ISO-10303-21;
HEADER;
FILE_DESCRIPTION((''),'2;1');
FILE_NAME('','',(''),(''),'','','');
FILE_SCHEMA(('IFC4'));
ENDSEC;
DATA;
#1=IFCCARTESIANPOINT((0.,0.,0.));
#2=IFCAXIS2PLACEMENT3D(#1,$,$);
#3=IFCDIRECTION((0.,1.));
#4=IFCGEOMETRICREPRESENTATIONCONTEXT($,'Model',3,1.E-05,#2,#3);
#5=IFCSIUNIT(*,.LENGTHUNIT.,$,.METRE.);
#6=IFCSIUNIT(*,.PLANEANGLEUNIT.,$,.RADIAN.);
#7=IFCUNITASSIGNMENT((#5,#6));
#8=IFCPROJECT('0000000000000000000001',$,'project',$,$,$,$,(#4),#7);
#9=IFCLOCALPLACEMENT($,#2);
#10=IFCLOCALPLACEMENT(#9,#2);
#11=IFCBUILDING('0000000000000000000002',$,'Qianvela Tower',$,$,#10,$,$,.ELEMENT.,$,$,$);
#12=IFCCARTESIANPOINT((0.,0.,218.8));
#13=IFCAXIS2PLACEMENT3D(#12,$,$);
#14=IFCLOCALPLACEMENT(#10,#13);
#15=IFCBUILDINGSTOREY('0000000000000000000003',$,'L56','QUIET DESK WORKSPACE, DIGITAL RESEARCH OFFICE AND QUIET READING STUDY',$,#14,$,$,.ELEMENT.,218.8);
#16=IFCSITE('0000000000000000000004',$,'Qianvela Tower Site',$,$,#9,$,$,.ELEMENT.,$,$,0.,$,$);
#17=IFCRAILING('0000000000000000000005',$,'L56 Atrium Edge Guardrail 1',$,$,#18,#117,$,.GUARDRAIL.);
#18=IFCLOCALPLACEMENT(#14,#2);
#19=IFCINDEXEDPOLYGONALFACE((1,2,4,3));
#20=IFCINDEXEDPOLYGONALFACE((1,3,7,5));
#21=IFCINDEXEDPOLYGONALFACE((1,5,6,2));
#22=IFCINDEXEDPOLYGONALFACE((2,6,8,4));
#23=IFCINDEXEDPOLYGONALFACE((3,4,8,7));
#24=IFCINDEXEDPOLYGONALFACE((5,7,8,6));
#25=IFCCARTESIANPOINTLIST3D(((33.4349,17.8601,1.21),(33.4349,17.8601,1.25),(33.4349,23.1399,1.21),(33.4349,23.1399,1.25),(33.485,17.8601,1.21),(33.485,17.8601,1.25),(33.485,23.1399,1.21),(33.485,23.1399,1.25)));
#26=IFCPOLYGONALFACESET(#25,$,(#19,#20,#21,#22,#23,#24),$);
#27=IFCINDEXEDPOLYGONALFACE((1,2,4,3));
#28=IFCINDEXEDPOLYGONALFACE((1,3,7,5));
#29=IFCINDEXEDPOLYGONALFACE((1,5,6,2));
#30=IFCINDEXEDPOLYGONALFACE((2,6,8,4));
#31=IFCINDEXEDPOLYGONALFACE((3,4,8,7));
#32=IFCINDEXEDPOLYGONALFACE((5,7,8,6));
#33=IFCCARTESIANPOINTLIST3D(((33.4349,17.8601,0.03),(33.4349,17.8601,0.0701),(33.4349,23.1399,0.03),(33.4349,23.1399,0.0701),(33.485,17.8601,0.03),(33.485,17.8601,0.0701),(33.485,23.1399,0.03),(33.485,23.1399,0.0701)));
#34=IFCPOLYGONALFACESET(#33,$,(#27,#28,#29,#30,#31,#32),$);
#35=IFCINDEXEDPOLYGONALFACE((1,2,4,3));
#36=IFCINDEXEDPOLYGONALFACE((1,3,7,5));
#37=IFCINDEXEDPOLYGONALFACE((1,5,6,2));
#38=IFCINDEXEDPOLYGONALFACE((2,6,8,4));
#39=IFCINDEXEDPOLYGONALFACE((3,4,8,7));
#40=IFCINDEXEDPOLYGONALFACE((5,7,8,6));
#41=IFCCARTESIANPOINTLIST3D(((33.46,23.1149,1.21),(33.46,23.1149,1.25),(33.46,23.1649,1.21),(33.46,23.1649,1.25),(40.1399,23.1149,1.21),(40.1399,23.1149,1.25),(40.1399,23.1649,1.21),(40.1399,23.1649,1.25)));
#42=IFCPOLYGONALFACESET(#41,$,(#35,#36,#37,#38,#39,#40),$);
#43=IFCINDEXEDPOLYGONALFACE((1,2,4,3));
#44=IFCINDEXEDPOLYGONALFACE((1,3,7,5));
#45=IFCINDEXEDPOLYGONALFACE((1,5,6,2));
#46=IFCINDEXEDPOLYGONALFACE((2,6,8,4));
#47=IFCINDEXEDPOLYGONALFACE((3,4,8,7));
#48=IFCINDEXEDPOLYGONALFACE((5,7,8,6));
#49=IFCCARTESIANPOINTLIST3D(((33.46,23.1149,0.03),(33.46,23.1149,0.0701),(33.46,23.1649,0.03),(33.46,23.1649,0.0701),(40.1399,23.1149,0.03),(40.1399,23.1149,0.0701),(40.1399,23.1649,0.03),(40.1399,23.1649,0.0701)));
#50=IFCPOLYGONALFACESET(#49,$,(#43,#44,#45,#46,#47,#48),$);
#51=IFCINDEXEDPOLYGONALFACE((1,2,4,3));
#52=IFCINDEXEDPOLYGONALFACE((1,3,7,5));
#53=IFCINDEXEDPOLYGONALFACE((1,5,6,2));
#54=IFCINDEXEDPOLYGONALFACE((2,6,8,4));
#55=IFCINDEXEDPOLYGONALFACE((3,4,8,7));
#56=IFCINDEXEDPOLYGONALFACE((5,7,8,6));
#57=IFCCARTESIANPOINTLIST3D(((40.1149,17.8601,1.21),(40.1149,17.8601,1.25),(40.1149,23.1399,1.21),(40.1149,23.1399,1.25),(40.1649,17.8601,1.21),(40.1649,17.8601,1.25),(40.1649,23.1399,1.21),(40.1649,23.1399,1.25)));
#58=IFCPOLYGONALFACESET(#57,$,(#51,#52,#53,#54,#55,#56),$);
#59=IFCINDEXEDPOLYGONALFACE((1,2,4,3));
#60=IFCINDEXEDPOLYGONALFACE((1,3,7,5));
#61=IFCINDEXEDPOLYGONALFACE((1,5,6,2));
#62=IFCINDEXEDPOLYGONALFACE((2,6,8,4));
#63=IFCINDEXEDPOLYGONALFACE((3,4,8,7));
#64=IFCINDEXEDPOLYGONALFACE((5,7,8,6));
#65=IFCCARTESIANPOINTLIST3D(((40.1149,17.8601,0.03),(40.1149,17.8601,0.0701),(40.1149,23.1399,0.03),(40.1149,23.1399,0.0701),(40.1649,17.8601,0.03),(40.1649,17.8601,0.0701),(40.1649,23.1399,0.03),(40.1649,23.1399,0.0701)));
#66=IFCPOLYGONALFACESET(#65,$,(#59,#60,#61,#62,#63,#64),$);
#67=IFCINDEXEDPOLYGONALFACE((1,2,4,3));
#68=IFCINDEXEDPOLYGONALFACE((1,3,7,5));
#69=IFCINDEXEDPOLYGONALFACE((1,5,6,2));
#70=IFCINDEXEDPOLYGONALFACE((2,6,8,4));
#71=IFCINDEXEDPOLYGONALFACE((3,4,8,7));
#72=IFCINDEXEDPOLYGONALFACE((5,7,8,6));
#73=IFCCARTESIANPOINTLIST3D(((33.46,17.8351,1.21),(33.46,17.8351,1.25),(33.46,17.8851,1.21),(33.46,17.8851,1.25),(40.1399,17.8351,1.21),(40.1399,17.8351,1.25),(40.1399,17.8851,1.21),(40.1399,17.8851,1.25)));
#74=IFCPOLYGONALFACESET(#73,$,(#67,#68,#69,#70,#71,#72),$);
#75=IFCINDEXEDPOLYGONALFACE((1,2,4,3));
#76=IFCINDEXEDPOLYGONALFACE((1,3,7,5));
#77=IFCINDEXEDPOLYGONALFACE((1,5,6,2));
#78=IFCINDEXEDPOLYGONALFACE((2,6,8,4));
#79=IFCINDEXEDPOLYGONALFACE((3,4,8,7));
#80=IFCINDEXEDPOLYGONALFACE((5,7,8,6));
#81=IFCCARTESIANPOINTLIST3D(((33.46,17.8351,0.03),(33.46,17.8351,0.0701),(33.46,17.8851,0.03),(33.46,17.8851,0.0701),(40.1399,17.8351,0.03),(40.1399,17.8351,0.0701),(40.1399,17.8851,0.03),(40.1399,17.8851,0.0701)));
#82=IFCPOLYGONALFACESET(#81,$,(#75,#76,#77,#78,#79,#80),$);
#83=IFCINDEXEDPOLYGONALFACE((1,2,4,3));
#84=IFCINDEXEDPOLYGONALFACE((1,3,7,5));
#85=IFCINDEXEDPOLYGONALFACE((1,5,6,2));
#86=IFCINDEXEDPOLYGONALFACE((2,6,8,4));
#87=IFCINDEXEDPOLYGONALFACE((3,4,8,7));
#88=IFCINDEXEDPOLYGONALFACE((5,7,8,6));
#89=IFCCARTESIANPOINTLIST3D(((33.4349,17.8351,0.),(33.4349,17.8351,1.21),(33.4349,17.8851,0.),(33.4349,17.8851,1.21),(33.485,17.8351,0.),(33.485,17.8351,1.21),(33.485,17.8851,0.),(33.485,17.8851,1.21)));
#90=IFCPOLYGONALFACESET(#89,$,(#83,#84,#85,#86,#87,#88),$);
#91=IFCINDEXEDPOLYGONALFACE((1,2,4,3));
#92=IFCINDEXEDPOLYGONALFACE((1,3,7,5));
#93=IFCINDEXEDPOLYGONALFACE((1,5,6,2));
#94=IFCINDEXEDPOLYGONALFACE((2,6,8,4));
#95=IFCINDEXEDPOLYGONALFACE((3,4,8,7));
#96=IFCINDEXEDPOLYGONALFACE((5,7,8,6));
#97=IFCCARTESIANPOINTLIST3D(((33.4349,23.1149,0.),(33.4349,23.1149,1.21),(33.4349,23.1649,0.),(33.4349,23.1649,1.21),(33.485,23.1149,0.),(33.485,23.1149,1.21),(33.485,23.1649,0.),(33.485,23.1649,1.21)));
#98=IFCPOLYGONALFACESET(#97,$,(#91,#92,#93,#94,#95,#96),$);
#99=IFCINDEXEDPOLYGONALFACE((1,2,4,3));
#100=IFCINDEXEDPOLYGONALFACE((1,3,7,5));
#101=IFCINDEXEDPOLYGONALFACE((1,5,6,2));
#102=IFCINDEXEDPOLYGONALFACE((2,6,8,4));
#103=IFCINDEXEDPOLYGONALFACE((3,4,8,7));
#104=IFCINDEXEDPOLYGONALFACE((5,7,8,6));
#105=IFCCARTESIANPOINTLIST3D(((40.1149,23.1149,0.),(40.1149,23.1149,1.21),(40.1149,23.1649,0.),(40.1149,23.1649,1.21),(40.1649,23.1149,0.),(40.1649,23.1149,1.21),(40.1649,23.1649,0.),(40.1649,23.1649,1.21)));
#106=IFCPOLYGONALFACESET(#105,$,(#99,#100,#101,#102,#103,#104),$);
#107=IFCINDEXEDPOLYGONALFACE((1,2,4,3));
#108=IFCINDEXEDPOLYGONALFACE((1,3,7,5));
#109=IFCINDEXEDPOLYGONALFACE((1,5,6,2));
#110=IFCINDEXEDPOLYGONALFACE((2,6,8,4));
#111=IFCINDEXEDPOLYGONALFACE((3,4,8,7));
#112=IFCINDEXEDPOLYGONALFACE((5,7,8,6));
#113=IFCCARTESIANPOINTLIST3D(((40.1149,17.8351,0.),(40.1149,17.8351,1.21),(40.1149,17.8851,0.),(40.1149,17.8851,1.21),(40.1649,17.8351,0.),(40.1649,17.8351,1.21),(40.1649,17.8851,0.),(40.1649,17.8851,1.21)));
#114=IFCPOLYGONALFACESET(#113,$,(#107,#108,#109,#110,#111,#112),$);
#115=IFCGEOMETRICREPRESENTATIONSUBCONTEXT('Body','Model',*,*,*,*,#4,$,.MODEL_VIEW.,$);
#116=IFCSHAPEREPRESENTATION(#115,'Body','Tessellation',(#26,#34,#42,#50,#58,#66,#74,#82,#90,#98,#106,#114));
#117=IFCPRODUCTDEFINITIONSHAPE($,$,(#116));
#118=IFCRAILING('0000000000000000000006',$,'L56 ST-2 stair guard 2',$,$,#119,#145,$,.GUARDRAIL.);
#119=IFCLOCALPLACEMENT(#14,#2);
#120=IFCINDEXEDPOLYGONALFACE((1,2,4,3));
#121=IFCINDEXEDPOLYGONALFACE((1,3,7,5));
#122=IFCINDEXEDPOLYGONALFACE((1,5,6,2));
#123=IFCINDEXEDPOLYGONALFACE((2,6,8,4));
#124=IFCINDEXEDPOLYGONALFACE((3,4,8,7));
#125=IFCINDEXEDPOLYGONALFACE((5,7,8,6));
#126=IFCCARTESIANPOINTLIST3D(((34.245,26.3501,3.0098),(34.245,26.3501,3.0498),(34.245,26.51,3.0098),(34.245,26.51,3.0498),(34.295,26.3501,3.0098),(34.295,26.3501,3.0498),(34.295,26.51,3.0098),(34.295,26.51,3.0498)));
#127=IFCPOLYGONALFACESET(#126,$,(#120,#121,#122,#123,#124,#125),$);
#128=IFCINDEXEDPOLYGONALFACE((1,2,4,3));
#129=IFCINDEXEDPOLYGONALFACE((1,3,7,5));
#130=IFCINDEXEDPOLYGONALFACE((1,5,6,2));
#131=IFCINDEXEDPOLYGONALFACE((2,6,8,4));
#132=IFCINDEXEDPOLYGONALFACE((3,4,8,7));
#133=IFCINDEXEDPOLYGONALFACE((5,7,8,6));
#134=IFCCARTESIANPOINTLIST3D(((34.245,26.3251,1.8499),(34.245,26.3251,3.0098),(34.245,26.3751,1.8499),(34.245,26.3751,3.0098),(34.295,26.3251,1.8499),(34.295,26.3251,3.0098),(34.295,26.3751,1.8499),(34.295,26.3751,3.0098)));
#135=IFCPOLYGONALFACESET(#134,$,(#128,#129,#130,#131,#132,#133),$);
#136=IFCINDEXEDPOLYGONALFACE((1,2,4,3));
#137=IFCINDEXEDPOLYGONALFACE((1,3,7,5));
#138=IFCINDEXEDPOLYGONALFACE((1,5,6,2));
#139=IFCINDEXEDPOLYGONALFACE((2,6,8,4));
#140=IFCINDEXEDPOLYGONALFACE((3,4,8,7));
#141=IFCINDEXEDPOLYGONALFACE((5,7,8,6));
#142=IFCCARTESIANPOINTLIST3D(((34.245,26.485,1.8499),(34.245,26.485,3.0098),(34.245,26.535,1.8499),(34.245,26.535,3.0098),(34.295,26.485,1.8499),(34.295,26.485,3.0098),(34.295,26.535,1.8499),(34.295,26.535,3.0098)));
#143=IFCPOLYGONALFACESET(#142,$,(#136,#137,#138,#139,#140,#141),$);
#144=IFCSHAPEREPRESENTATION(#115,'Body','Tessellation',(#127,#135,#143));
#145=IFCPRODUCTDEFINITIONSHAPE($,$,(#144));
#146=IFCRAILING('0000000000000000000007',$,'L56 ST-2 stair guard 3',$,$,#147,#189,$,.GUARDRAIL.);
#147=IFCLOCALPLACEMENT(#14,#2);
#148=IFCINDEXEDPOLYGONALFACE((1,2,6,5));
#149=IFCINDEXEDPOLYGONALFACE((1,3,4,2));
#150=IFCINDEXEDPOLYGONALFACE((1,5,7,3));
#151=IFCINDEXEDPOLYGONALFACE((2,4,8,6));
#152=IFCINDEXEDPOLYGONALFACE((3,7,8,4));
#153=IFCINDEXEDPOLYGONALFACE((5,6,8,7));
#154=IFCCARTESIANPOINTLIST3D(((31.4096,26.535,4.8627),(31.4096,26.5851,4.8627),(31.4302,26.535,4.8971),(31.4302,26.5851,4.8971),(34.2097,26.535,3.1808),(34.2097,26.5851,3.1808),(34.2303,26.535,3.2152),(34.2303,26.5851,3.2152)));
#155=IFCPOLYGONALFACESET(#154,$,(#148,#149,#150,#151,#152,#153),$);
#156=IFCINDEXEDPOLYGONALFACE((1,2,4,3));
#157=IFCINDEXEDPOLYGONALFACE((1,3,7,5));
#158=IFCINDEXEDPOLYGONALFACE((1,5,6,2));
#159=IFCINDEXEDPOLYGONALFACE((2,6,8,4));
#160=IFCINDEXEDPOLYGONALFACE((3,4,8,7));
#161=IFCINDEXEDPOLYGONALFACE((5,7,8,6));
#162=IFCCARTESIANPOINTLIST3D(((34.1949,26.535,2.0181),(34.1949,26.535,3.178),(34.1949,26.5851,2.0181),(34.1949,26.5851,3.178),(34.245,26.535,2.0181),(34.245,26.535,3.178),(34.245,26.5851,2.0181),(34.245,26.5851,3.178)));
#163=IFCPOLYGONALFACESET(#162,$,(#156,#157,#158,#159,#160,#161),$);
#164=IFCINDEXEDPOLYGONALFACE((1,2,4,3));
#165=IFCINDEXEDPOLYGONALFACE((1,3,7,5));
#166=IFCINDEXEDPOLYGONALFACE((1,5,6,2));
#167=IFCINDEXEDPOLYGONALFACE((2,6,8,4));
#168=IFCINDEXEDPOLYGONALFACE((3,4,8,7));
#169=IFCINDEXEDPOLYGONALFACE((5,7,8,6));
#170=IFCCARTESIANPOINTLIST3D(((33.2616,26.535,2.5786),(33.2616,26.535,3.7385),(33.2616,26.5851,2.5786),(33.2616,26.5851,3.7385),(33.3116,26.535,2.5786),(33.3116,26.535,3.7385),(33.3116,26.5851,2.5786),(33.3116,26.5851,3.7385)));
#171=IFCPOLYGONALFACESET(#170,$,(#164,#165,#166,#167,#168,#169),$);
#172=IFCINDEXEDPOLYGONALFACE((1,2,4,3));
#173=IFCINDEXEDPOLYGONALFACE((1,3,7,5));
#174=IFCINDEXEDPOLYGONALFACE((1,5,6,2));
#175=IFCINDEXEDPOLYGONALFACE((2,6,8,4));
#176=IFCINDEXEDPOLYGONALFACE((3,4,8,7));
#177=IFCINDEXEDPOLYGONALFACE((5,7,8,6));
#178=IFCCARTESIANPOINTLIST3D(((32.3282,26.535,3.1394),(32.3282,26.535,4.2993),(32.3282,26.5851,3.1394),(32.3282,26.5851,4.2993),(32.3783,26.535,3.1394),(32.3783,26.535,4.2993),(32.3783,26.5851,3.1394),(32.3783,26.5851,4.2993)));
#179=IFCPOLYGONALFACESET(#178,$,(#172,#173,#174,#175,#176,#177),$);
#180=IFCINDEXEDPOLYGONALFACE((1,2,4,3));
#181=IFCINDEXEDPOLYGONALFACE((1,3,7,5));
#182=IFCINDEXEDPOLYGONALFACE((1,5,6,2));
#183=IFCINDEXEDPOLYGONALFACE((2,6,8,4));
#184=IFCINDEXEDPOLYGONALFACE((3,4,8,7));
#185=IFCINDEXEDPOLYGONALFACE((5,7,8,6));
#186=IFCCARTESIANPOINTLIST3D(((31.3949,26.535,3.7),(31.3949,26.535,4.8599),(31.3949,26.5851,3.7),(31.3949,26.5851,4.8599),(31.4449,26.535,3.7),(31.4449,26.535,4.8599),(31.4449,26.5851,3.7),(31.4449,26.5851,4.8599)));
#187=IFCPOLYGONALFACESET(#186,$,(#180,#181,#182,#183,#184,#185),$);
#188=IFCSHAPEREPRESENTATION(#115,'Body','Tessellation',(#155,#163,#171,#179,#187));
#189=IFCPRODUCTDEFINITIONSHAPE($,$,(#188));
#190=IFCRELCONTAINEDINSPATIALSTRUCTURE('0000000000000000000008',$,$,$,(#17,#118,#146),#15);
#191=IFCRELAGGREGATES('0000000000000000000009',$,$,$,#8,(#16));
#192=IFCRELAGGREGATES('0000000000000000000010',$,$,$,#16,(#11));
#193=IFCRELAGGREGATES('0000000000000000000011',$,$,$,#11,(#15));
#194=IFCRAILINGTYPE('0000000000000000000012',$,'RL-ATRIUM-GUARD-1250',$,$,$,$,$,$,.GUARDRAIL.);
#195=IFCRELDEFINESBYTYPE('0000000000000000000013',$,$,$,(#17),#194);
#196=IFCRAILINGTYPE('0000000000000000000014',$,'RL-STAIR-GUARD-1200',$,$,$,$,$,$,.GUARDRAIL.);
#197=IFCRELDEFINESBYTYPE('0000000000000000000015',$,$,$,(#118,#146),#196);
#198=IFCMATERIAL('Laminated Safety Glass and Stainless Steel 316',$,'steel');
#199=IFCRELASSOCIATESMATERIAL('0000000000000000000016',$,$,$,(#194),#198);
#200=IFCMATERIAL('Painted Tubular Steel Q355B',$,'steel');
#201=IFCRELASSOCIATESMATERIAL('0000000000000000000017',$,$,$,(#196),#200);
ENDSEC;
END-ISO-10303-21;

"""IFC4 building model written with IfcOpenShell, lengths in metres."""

from ifc_helpers import new_model, si_unit, direction, frame, origin, origin_2d, place, context, subcontext, project, spatial, rectangle, extrude, material, type_object, element, save


model = new_model("IFC4")

# Units and contexts
model_context = context("Model", 3, precision=1e-05, world=origin(), true_north=direction((0.0, 1.0)))
body_context = subcontext(model_context, "Body", "Model", "MODEL_VIEW")
ifc_project = project(units=[si_unit("LENGTHUNIT", "METRE"), si_unit("PLANEANGLEUNIT", "RADIAN")], contexts=[model_context])

# Site, building, storey
site_placement = place(None, origin())
site = spatial("IfcSite", under=ifc_project, at=site_placement, Name="Qianvela Tower Site", CompositionType="ELEMENT", RefElevation=0.0)
building_placement = place(site_placement, origin())
building = spatial("IfcBuilding", under=site, at=building_placement, Name="Qianvela Tower", CompositionType="ELEMENT")
storey_placement = place(building_placement, frame((0.0, 0.0, 218.8)))
storey = spatial("IfcBuildingStorey", under=building, at=storey_placement, Name="L56", Description="QUIET DESK WORKSPACE, DIGITAL RESEARCH OFFICE AND QUIET READING STUDY", CompositionType="ELEMENT", Elevation=218.8)

# Railings
ifc_material_1 = material(Name="Laminated Safety Glass and Stainless Steel 316", Category="steel")
railing_type_1 = type_object("IfcRailingType", Name="RL-ATRIUM-GUARD-1250", PredefinedType="GUARDRAIL", material=ifc_material_1)
railing_1_placement = place(storey_placement, frame((33.46, 17.8601, 0.0)))
element("IfcRailing", 1, at=railing_1_placement, inside=storey, type_object=railing_type_1, Name="L56 Atrium Edge Guardrail 1", PredefinedType="GUARDRAIL", context=body_context, shape_type="SweptSolid", body=[
    extrude(rectangle(XDim=0.05, YDim=0.04, at=origin_2d()), frame((0.0, 0.0, 1.23), z_axis=(0.0, 1.0, 0.0), x_axis=(-1.0, 0.0, 0.0)), (0.0, 0.0, 1.0), 5.2798),
    extrude(rectangle(XDim=0.05, YDim=0.04, at=origin_2d()), frame((0.0, 0.0, 0.05), z_axis=(0.0, 1.0, 0.0), x_axis=(-1.0, 0.0, 0.0)), (0.0, 0.0, 1.0), 5.2798),
    extrude(rectangle(XDim=0.05, YDim=0.04, at=origin_2d()), frame((0.0, 5.2798, 1.23), z_axis=(1.0, 0.0, 0.0), x_axis=(0.0, 1.0, 0.0)), (0.0, 0.0, 1.0), 6.6799),
    extrude(rectangle(XDim=0.05, YDim=0.04, at=origin_2d()), frame((0.0, 5.2798, 0.05), z_axis=(1.0, 0.0, 0.0), x_axis=(0.0, 1.0, 0.0)), (0.0, 0.0, 1.0), 6.6799),
    extrude(rectangle(XDim=0.05, YDim=0.04, at=origin_2d()), frame((6.6799, 5.2798, 1.23), z_axis=(0.0, -1.0, 0.0), x_axis=(1.0, 0.0, 0.0)), (0.0, 0.0, 1.0), 5.2798),
    extrude(rectangle(XDim=0.05, YDim=0.04, at=origin_2d()), frame((6.6799, 5.2798, 0.05), z_axis=(0.0, -1.0, 0.0), x_axis=(1.0, 0.0, 0.0)), (0.0, 0.0, 1.0), 5.2798),
    extrude(rectangle(XDim=0.05, YDim=0.04, at=origin_2d()), frame((6.6799, 0.0, 1.23), z_axis=(-1.0, 0.0, 0.0), x_axis=(0.0, -1.0, 0.0)), (0.0, 0.0, 1.0), 6.6799),
    extrude(rectangle(XDim=0.05, YDim=0.04, at=origin_2d()), frame((6.6799, 0.0, 0.05), z_axis=(-1.0, 0.0, 0.0), x_axis=(0.0, -1.0, 0.0)), (0.0, 0.0, 1.0), 6.6799),
    extrude(rectangle(XDim=0.05, YDim=0.05, at=origin_2d()), origin(), (0.0, 0.0, 1.0), 1.21),
    extrude(rectangle(XDim=0.05, YDim=0.05, at=origin_2d()), frame((0.0, 5.2798, 0.0)), (0.0, 0.0, 1.0), 1.21),
    extrude(rectangle(XDim=0.05, YDim=0.05, at=origin_2d()), frame((6.6799, 5.2798, 0.0)), (0.0, 0.0, 1.0), 1.21),
    extrude(rectangle(XDim=0.05, YDim=0.05, at=origin_2d()), frame((6.6799, 0.0, 0.0)), (0.0, 0.0, 1.0), 1.21),
])
ifc_material_2 = material(Name="Painted Tubular Steel Q355B", Category="steel")
railing_type_2 = type_object("IfcRailingType", Name="RL-STAIR-GUARD-1200", PredefinedType="GUARDRAIL", material=ifc_material_2)
railing_2_placement = place(storey_placement, frame((34.27, 26.3501, 1.8499)))
element("IfcRailing", 2, at=railing_2_placement, inside=storey, type_object=railing_type_2, Name="L56 ST-2 stair guard 2", PredefinedType="GUARDRAIL", context=body_context, shape_type="SweptSolid", body=[
    extrude(rectangle(XDim=0.05, YDim=0.04, at=origin_2d()), frame((0.0, 0.0, 1.1799), z_axis=(0.0, 1.0, 0.0), x_axis=(-1.0, 0.0, 0.0)), (0.0, 0.0, 1.0), 0.1599),
    extrude(rectangle(XDim=0.05, YDim=0.05, at=origin_2d()), origin(), (0.0, 0.0, 1.0), 1.1599),
    extrude(rectangle(XDim=0.05, YDim=0.05, at=origin_2d()), frame((0.0, 0.1599, 0.0)), (0.0, 0.0, 1.0), 1.1599),
])
railing_3_placement = place(storey_placement, frame((34.22, 26.5601, 2.0181)))
element("IfcRailing", 3, at=railing_3_placement, inside=storey, type_object=railing_type_2, Name="L56 ST-2 stair guard 3", PredefinedType="GUARDRAIL", context=body_context, shape_type="SweptSolid", body=[
    extrude(rectangle(XDim=0.05, YDim=0.04, at=origin_2d()), frame((0.0, 0.0, 1.1799), z_axis=(-0.857242, 0.0, 0.514913), x_axis=(0.0, -1.0, 0.0)), (0.0, 0.0, 1.0), 3.2664),
    extrude(rectangle(XDim=0.05, YDim=0.05, at=origin_2d()), origin(), (0.0, 0.0, 1.0), 1.1599),
    extrude(rectangle(XDim=0.05, YDim=0.05, at=origin_2d()), frame((-0.9333, 0.0, 0.5605)), (0.0, 0.0, 1.0), 1.1599),
    extrude(rectangle(XDim=0.05, YDim=0.05, at=origin_2d()), frame((-1.8667, 0.0, 1.1213)), (0.0, 0.0, 1.0), 1.1599),
    extrude(rectangle(XDim=0.05, YDim=0.05, at=origin_2d()), frame((-2.8, 0.0, 1.6819)), (0.0, 0.0, 1.0), 1.1599),
])

save(model, "model.ifc")
